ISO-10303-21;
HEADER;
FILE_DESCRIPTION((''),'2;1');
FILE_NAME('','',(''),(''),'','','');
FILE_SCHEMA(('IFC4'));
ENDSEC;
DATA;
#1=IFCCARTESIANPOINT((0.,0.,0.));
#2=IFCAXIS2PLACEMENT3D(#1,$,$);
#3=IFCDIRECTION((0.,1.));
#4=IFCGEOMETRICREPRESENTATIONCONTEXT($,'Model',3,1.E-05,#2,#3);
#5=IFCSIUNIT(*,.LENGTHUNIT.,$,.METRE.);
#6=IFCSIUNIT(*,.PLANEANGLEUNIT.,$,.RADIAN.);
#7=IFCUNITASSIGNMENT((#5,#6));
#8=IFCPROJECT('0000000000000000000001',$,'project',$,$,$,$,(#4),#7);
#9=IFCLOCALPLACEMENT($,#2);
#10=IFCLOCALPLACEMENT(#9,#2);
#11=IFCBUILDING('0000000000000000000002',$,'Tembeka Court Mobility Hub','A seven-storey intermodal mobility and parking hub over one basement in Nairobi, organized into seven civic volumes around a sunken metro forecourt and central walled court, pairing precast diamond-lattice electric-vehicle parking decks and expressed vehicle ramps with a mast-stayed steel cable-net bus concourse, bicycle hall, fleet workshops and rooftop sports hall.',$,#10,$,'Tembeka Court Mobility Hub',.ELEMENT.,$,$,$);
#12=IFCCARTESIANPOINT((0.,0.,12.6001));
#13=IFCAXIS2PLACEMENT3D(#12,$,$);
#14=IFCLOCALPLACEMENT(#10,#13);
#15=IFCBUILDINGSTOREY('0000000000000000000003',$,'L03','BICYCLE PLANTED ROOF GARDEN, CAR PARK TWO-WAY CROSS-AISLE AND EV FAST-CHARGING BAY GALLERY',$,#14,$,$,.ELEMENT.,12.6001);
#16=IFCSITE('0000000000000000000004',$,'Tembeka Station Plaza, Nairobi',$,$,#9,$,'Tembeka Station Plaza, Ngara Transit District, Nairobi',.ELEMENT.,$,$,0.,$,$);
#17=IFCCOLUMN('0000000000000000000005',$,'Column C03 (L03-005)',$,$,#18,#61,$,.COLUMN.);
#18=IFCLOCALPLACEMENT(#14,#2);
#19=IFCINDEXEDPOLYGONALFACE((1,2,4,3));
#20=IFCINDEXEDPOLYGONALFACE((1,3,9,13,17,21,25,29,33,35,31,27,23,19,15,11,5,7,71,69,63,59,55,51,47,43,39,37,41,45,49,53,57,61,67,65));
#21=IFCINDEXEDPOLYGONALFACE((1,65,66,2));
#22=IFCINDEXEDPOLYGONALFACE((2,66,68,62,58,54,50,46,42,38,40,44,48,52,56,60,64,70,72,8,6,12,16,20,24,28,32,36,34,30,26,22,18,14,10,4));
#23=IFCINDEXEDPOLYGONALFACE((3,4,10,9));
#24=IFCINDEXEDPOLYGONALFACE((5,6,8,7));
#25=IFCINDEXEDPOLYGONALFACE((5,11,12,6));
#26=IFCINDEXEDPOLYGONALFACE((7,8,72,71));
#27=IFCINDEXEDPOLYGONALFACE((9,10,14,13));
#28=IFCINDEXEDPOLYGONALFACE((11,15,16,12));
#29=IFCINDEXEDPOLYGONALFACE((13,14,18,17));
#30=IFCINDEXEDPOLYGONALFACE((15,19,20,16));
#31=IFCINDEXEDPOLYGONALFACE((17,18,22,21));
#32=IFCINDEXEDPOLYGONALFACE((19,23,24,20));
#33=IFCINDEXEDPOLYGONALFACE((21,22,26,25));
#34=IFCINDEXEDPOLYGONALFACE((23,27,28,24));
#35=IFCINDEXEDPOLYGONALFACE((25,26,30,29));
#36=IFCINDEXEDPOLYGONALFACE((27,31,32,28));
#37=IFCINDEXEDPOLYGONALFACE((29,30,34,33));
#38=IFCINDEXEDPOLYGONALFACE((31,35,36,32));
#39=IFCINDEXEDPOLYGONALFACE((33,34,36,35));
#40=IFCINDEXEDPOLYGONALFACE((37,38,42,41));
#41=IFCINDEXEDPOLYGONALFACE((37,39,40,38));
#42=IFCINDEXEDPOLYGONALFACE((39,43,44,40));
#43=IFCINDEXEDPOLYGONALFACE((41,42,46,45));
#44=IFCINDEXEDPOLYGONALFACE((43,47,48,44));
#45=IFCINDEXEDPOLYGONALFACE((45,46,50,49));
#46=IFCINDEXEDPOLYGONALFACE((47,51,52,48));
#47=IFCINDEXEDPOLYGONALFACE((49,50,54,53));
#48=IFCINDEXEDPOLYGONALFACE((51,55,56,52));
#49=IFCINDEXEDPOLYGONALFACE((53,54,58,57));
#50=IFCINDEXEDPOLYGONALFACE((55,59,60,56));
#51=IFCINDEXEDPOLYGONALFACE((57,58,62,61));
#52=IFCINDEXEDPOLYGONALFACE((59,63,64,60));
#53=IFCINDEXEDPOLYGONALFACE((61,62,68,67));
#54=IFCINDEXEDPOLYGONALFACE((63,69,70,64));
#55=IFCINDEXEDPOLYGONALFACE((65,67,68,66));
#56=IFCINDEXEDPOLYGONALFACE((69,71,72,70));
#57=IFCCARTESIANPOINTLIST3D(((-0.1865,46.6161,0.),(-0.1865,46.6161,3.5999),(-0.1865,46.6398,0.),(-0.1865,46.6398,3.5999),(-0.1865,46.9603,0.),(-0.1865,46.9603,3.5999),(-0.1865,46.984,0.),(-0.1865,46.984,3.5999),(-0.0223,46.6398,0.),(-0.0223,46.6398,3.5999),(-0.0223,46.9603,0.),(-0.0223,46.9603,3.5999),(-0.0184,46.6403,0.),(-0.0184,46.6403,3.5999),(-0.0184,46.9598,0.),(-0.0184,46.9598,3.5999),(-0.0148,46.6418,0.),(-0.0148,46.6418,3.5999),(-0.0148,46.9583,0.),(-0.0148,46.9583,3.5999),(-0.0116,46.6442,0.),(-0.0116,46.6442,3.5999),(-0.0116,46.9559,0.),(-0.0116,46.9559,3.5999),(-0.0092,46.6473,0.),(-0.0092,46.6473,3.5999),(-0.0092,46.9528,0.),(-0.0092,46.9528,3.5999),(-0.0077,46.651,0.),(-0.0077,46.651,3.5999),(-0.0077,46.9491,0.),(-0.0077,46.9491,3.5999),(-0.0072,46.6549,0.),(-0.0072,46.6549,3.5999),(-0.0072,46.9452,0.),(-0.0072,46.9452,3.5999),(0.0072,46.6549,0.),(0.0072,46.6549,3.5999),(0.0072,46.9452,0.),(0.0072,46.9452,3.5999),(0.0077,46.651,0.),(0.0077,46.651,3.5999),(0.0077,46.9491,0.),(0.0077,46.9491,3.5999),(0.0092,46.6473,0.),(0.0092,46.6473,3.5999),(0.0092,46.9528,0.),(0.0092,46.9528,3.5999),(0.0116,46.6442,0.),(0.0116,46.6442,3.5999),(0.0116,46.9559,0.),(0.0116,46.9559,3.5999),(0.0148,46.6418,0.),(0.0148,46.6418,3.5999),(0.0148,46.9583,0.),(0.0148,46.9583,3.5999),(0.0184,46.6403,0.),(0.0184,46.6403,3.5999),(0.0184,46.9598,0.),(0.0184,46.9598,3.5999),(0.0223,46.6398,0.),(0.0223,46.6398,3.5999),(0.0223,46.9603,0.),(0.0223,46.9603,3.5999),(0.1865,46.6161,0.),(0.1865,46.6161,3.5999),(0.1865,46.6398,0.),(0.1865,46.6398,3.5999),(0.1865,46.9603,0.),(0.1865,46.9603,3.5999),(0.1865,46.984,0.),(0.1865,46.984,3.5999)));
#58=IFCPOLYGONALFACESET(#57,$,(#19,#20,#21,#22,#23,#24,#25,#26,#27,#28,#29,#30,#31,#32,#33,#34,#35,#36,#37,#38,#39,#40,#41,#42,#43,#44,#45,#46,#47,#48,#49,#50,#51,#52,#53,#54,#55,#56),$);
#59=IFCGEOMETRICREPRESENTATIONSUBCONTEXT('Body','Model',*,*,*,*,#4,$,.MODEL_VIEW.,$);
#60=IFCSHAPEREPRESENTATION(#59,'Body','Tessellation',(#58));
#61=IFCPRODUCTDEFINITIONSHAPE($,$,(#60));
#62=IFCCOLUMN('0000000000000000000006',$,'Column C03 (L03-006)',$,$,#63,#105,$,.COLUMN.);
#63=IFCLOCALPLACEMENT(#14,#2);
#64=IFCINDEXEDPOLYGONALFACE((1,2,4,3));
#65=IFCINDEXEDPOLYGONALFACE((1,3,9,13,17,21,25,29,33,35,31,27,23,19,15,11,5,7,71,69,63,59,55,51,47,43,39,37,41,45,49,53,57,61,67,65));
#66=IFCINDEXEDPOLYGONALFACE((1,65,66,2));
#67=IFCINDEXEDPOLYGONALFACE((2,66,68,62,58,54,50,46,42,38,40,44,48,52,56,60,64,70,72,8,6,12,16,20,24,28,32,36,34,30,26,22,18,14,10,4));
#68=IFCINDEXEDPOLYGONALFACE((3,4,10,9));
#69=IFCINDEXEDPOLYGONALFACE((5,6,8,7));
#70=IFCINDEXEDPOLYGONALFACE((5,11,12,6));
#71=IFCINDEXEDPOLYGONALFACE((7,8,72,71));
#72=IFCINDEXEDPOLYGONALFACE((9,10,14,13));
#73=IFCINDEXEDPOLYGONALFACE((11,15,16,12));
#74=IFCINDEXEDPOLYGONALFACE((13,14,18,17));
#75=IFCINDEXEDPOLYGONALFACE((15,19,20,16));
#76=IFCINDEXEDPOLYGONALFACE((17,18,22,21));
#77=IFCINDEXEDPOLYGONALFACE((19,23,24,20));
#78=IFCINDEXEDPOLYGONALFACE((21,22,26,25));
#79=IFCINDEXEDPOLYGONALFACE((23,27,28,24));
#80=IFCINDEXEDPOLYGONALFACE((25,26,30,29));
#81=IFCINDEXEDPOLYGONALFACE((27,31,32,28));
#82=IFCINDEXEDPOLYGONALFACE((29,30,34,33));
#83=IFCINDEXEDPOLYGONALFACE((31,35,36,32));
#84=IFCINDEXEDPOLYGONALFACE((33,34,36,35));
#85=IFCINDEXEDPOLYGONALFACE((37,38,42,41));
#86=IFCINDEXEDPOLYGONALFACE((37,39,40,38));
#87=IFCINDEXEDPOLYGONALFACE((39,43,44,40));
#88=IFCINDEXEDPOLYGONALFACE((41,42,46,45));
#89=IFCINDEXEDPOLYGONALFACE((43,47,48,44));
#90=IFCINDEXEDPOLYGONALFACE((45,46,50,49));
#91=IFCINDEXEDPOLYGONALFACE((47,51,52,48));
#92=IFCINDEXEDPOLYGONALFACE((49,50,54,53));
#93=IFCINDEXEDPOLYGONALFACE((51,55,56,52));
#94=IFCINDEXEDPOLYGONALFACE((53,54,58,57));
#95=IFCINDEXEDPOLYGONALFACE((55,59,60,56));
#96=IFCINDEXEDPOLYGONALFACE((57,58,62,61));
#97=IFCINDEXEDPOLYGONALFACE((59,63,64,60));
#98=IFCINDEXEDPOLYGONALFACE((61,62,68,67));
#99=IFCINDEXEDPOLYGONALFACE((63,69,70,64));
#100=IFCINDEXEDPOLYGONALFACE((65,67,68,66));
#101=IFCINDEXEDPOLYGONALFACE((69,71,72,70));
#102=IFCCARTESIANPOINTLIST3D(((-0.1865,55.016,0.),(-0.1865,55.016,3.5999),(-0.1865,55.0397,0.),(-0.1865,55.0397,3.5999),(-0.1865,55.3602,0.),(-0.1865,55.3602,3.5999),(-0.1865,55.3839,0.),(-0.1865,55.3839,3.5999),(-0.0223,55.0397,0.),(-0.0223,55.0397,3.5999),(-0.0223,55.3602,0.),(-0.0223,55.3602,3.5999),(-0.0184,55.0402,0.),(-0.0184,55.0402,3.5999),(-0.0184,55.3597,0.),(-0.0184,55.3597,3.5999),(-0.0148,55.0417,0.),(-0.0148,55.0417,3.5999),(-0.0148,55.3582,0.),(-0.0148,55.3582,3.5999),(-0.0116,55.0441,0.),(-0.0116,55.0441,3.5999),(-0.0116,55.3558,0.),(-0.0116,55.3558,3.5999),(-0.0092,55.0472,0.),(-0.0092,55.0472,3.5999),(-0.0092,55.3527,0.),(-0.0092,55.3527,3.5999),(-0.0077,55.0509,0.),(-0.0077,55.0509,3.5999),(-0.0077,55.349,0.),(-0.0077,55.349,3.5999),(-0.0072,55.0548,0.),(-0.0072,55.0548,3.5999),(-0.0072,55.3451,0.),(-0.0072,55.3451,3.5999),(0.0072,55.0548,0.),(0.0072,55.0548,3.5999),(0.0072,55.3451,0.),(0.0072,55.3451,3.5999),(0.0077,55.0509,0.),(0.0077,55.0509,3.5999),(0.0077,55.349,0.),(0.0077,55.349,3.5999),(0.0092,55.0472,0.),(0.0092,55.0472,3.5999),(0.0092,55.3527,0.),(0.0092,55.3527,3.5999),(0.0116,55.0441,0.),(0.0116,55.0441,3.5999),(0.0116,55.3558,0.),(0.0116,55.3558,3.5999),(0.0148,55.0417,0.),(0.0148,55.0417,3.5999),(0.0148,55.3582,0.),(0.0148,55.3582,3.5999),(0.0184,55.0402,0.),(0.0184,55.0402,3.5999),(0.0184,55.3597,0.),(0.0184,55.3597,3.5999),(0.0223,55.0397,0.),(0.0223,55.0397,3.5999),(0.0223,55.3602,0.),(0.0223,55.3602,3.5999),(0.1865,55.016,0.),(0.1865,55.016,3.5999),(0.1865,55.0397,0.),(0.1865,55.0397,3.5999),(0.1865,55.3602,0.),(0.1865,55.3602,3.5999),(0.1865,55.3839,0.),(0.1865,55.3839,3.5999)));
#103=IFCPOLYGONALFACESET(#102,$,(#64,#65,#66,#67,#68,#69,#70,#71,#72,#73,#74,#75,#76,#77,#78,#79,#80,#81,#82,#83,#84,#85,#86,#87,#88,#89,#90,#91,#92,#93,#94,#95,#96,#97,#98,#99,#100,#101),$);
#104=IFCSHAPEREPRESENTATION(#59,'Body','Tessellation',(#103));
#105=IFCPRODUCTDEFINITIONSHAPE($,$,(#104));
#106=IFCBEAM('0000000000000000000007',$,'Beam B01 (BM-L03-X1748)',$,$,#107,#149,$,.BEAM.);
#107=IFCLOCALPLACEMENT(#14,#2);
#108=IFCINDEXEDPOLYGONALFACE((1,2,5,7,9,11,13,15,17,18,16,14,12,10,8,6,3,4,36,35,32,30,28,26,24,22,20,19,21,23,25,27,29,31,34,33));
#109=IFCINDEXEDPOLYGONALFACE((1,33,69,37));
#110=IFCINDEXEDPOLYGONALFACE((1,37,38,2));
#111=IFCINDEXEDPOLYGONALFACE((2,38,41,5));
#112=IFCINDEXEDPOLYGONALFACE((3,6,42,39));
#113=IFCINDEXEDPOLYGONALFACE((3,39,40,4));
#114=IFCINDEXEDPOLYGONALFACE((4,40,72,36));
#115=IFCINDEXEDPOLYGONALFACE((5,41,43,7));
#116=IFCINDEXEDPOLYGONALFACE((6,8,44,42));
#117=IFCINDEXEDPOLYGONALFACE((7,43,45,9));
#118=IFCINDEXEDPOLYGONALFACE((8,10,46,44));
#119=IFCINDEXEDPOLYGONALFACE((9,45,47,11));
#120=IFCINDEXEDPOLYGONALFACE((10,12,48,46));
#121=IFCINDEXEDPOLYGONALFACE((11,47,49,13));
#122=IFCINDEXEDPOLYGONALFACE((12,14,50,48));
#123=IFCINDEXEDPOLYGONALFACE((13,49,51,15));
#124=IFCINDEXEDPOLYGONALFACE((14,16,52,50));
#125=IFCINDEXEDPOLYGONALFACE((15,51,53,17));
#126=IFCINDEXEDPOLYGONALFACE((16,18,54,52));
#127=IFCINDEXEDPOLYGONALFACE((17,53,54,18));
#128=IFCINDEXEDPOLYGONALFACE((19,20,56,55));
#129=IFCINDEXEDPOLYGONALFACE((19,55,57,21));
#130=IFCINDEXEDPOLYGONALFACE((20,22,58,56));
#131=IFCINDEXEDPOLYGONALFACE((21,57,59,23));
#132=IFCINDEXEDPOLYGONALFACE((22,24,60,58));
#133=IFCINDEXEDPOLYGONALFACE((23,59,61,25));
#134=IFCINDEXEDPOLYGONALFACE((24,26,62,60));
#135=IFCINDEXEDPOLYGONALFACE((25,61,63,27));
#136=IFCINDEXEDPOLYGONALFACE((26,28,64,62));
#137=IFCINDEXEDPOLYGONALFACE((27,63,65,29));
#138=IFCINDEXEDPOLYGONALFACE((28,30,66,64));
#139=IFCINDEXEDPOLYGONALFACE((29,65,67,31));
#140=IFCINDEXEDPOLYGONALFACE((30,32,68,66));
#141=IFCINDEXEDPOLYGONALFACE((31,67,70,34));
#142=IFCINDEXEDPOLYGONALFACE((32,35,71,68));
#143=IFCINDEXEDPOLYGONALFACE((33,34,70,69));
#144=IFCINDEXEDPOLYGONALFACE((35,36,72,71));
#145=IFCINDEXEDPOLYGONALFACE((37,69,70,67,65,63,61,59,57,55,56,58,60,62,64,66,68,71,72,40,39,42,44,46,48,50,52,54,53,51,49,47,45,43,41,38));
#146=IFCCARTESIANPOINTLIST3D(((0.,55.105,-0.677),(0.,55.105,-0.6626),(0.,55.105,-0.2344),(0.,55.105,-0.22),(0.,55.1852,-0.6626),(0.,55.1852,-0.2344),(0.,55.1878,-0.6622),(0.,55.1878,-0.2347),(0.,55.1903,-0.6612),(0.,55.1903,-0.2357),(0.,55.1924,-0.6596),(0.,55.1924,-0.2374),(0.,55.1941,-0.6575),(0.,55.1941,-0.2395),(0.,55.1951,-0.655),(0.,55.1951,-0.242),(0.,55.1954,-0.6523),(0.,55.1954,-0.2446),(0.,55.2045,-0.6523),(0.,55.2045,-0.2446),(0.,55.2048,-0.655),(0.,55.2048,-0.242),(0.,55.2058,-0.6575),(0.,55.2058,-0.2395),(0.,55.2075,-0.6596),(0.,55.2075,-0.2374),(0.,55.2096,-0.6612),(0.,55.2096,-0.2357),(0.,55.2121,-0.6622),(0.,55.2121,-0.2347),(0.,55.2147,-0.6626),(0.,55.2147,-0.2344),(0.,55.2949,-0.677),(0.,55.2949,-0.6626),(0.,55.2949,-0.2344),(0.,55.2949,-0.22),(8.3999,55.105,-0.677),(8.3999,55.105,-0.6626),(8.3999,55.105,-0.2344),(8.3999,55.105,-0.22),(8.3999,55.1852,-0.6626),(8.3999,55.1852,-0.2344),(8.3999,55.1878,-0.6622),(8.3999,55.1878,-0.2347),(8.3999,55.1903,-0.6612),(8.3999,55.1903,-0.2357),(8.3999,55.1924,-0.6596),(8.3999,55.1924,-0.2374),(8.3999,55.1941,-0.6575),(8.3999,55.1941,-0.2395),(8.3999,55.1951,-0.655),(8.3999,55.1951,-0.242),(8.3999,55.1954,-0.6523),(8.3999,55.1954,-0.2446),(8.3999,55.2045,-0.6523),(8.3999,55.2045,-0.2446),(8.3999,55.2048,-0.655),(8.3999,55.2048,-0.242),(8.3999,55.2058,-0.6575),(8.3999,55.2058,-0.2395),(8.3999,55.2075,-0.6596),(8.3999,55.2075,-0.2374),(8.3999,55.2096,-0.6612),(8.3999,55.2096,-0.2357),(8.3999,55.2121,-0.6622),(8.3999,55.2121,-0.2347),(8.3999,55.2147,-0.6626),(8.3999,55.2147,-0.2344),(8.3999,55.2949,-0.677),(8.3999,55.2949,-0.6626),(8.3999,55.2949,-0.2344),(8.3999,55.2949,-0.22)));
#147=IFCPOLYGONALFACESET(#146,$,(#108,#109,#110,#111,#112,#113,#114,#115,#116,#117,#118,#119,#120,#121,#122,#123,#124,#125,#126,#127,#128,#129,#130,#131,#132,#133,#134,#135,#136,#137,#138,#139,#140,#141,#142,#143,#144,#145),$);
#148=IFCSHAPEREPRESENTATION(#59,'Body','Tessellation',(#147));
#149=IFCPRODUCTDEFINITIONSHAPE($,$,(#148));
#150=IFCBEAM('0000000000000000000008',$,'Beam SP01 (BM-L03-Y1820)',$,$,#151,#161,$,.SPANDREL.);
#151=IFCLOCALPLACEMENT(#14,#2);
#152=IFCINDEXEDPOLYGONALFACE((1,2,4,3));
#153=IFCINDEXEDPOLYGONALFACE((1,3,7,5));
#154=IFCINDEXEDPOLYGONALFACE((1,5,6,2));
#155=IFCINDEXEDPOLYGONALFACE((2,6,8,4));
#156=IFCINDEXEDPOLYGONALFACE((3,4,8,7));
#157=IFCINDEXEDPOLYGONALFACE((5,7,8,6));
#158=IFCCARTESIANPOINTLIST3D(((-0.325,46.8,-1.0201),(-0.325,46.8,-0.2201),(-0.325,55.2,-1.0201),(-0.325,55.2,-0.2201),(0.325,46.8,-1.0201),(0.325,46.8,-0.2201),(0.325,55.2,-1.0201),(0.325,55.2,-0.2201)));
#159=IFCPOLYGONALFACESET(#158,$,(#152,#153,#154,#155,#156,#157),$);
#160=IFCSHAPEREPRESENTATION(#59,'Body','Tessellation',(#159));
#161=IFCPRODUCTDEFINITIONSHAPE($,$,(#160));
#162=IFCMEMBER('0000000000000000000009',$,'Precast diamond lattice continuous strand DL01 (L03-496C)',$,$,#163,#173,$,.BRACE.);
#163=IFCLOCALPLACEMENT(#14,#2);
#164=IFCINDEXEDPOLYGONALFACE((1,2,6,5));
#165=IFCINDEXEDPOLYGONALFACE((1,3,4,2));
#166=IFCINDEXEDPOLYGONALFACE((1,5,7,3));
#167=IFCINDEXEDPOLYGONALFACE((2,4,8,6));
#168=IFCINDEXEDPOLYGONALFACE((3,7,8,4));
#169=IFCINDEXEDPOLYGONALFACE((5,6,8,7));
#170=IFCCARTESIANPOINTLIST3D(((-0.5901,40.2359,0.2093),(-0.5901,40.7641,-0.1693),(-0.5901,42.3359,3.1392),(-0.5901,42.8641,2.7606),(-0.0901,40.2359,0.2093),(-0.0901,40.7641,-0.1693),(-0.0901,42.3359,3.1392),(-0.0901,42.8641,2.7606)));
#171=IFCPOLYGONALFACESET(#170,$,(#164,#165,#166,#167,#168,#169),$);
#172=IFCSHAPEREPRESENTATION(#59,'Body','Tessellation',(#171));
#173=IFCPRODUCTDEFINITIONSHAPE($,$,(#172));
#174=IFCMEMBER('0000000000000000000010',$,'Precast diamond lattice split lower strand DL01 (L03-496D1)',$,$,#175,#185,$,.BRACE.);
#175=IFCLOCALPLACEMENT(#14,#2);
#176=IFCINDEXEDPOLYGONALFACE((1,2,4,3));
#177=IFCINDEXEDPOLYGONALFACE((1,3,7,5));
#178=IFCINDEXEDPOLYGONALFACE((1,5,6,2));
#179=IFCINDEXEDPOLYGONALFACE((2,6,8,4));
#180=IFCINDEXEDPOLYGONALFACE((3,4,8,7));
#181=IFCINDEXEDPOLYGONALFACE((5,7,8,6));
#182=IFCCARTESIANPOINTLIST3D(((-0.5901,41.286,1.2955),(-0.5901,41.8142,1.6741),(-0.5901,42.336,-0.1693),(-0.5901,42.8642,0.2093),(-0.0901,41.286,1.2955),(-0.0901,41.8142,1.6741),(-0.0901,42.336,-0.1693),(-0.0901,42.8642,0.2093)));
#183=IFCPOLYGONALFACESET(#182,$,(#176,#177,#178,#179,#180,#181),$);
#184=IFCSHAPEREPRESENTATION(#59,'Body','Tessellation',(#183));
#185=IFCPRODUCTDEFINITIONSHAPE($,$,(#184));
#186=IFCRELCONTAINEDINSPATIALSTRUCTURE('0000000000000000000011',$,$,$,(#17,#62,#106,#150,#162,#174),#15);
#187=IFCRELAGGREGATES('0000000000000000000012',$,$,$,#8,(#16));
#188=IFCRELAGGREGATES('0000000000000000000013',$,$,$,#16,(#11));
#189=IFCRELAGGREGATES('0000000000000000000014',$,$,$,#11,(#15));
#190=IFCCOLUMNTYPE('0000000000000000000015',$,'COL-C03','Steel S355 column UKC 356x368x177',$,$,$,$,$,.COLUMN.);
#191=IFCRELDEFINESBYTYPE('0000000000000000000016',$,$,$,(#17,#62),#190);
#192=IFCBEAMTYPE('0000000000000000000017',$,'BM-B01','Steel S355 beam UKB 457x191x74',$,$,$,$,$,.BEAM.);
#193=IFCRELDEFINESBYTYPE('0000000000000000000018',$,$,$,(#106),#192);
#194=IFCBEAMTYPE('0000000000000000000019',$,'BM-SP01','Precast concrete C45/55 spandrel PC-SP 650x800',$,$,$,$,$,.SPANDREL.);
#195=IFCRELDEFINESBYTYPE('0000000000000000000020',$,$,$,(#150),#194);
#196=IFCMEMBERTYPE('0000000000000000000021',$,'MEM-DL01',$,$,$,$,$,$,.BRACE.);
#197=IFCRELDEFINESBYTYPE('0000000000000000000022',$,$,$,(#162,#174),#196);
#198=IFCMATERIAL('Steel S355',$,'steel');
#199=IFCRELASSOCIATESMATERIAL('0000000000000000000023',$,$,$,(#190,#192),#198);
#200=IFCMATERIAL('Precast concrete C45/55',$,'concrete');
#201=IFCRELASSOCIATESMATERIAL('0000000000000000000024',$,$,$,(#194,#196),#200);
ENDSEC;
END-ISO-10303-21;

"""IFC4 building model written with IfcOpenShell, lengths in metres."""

from ifc_helpers import new_model, si_unit, direction, frame, origin, origin_2d, place, context, subcontext, project, spatial, rectangle, i_section, extrude, material, material_profile, profile_set, type_object, element, save


model = new_model("IFC4")

# Units and contexts
model_context = context("Model", 3, precision=1e-05, world=origin(), true_north=direction((0.0, 1.0)))
body_context = subcontext(model_context, "Body", "Model", "MODEL_VIEW")
ifc_project = project(units=[si_unit("LENGTHUNIT", "METRE"), si_unit("PLANEANGLEUNIT", "RADIAN")], contexts=[model_context])

# Site, building, storey
site_placement = place(None, origin())
site = spatial("IfcSite", under=ifc_project, at=site_placement, Name="Tembeka Station Plaza, Nairobi", LongName="Tembeka Station Plaza, Ngara Transit District, Nairobi", CompositionType="ELEMENT", RefElevation=0.0)
building_placement = place(site_placement, origin())
building = spatial("IfcBuilding", under=site, at=building_placement, Name="Tembeka Court Mobility Hub", Description="A seven-storey intermodal mobility and parking hub over one basement in Nairobi, organized into seven civic volumes around a sunken metro forecourt and central walled court, pairing precast diamond-lattice electric-vehicle parking decks and expressed vehicle ramps with a mast-stayed steel cable-net bus concourse, bicycle hall, fleet workshops and rooftop sports hall.", LongName="Tembeka Court Mobility Hub", CompositionType="ELEMENT")
storey_placement = place(building_placement, frame((0.0, 0.0, 12.6001)))
storey = spatial("IfcBuildingStorey", under=building, at=storey_placement, Name="L03", Description="BICYCLE PLANTED ROOF GARDEN, CAR PARK TWO-WAY CROSS-AISLE AND EV FAST-CHARGING BAY GALLERY", CompositionType="ELEMENT", Elevation=12.6001)

# Columns
ifc_material_1 = material(Name="Steel S355", Category="steel")
ifc_material_profile_1 = material_profile(ifc_material_1, i_section(OverallWidth=0.373, OverallDepth=0.3679, WebThickness=0.0144, FlangeThickness=0.0237, FilletRadius=0.0151, at=origin_2d()), Name="UKC 356x368x177")
ifc_profile_set_1 = profile_set([ifc_material_profile_1], Name="Steel S355")
column_type = type_object("IfcColumnType", Name="COL-C03", Description="Steel S355 column UKC 356x368x177", PredefinedType="COLUMN", material=ifc_profile_set_1)
for number, where, z_axis, x_axis, name in (
    (1, (0.0, 46.8, 0.0), (0.0, 0.0, 1.0), (1.0, 0.0, 0.0), "Column C03 (L03-005)"),
    (2, (0.0, 55.2, 0.0), (0.0, 0.0, 1.0), (1.0, 0.0, 0.0), "Column C03 (L03-006)"),
):
    element("IfcColumn", number, at=place(storey_placement, frame(where, z_axis=z_axis, x_axis=x_axis)), inside=storey, type_object=column_type, Name=name, PredefinedType="COLUMN", context=body_context, shape_type="SweptSolid", body=[
        extrude(i_section(OverallWidth=0.373, OverallDepth=0.3679, WebThickness=0.0144, FlangeThickness=0.0237, FilletRadius=0.0151, at=origin_2d()), origin(), (0.0, 0.0, 1.0), 3.5999),
    ])

# Beams
ifc_material_profile_2 = material_profile(ifc_material_1, i_section(OverallWidth=0.1899, OverallDepth=0.457, WebThickness=0.009, FlangeThickness=0.0144, FilletRadius=0.0103, at=origin_2d()), Name="UKB 457x191x74")
ifc_profile_set_2 = profile_set([ifc_material_profile_2], Name="Steel S355")
beam_type_1 = type_object("IfcBeamType", Name="BM-B01", Description="Steel S355 beam UKB 457x191x74", PredefinedType="BEAM", material=ifc_profile_set_2)
beam_1_placement = place(storey_placement, frame((0.0, 55.2, -0.4485), z_axis=(1.0, 0.0, 0.0), x_axis=(0.0, 1.0, 0.0)))
element("IfcBeam", 3, at=beam_1_placement, inside=storey, type_object=beam_type_1, Name="Beam B01 (BM-L03-X1748)", PredefinedType="BEAM", context=body_context, shape_type="SweptSolid", body=[
    extrude(i_section(OverallWidth=0.1899, OverallDepth=0.457, WebThickness=0.009, FlangeThickness=0.0144, FilletRadius=0.0103, at=origin_2d()), origin(), (0.0, 0.0, 1.0), 8.3999),
])
ifc_material_2 = material(Name="Precast concrete C45/55", Category="concrete")
ifc_material_profile_3 = material_profile(ifc_material_2, rectangle(XDim=0.6499, YDim=0.8, at=origin_2d()), Name="PC-SP 650x800")
ifc_profile_set_3 = profile_set([ifc_material_profile_3], Name="Precast concrete C45/55")
beam_type_2 = type_object("IfcBeamType", Name="BM-SP01", Description="Precast concrete C45/55 spandrel PC-SP 650x800", PredefinedType="SPANDREL", material=ifc_profile_set_3)
beam_2_placement = place(storey_placement, frame((0.0, 46.8, -0.6201), z_axis=(0.0, 1.0, 0.0), x_axis=(-1.0, 0.0, 0.0)))
element("IfcBeam", 4, at=beam_2_placement, inside=storey, type_object=beam_type_2, Name="Beam SP01 (BM-L03-Y1820)", PredefinedType="SPANDREL", context=body_context, shape_type="SweptSolid", body=[
    extrude(rectangle(XDim=0.6499, YDim=0.8, at=origin_2d()), origin(), (0.0, 0.0, 1.0), 8.3999),
])

# Members
ifc_material_profile_4 = material_profile(ifc_material_2, rectangle(XDim=0.5, YDim=0.6499, at=origin_2d()), Name="PC-DIAG 500x650")
ifc_profile_set_4 = profile_set([ifc_material_profile_4], Name="Precast concrete C45/55")
member_type_1 = type_object("IfcMemberType", Name="MEM-DL01", PredefinedType="BRACE", material=ifc_profile_set_4)
member_1_placement = place(storey_placement, frame((-0.3401, 40.5, 0.02), z_axis=(0.0, 0.582576, 0.812776), x_axis=(-1.0, 0.0, 0.0)))
element("IfcMember", 5, at=member_1_placement, inside=storey, type_object=member_type_1, Name="Precast diamond lattice continuous strand DL01 (L03-496C)", PredefinedType="BRACE", context=body_context, shape_type="SweptSolid", body=[
    extrude(rectangle(XDim=0.5, YDim=0.6499, at=origin_2d()), origin(), (0.0, 0.0, 1.0), 3.6047),
])
member_2_placement = place(storey_placement, frame((-0.3401, 42.6001, 0.02), z_axis=(0.0, -0.582608, 0.812753), x_axis=(1.0, 0.0, 0.0)))
element("IfcMember", 6, at=member_2_placement, inside=storey, type_object=member_type_1, Name="Precast diamond lattice split lower strand DL01 (L03-496D1)", PredefinedType="BRACE", context=body_context, shape_type="SweptSolid", body=[
    extrude(rectangle(XDim=0.5, YDim=0.6499, at=origin_2d()), origin(), (0.0, 0.0, 1.0), 1.8022),
])

save(model, "model.ifc")
